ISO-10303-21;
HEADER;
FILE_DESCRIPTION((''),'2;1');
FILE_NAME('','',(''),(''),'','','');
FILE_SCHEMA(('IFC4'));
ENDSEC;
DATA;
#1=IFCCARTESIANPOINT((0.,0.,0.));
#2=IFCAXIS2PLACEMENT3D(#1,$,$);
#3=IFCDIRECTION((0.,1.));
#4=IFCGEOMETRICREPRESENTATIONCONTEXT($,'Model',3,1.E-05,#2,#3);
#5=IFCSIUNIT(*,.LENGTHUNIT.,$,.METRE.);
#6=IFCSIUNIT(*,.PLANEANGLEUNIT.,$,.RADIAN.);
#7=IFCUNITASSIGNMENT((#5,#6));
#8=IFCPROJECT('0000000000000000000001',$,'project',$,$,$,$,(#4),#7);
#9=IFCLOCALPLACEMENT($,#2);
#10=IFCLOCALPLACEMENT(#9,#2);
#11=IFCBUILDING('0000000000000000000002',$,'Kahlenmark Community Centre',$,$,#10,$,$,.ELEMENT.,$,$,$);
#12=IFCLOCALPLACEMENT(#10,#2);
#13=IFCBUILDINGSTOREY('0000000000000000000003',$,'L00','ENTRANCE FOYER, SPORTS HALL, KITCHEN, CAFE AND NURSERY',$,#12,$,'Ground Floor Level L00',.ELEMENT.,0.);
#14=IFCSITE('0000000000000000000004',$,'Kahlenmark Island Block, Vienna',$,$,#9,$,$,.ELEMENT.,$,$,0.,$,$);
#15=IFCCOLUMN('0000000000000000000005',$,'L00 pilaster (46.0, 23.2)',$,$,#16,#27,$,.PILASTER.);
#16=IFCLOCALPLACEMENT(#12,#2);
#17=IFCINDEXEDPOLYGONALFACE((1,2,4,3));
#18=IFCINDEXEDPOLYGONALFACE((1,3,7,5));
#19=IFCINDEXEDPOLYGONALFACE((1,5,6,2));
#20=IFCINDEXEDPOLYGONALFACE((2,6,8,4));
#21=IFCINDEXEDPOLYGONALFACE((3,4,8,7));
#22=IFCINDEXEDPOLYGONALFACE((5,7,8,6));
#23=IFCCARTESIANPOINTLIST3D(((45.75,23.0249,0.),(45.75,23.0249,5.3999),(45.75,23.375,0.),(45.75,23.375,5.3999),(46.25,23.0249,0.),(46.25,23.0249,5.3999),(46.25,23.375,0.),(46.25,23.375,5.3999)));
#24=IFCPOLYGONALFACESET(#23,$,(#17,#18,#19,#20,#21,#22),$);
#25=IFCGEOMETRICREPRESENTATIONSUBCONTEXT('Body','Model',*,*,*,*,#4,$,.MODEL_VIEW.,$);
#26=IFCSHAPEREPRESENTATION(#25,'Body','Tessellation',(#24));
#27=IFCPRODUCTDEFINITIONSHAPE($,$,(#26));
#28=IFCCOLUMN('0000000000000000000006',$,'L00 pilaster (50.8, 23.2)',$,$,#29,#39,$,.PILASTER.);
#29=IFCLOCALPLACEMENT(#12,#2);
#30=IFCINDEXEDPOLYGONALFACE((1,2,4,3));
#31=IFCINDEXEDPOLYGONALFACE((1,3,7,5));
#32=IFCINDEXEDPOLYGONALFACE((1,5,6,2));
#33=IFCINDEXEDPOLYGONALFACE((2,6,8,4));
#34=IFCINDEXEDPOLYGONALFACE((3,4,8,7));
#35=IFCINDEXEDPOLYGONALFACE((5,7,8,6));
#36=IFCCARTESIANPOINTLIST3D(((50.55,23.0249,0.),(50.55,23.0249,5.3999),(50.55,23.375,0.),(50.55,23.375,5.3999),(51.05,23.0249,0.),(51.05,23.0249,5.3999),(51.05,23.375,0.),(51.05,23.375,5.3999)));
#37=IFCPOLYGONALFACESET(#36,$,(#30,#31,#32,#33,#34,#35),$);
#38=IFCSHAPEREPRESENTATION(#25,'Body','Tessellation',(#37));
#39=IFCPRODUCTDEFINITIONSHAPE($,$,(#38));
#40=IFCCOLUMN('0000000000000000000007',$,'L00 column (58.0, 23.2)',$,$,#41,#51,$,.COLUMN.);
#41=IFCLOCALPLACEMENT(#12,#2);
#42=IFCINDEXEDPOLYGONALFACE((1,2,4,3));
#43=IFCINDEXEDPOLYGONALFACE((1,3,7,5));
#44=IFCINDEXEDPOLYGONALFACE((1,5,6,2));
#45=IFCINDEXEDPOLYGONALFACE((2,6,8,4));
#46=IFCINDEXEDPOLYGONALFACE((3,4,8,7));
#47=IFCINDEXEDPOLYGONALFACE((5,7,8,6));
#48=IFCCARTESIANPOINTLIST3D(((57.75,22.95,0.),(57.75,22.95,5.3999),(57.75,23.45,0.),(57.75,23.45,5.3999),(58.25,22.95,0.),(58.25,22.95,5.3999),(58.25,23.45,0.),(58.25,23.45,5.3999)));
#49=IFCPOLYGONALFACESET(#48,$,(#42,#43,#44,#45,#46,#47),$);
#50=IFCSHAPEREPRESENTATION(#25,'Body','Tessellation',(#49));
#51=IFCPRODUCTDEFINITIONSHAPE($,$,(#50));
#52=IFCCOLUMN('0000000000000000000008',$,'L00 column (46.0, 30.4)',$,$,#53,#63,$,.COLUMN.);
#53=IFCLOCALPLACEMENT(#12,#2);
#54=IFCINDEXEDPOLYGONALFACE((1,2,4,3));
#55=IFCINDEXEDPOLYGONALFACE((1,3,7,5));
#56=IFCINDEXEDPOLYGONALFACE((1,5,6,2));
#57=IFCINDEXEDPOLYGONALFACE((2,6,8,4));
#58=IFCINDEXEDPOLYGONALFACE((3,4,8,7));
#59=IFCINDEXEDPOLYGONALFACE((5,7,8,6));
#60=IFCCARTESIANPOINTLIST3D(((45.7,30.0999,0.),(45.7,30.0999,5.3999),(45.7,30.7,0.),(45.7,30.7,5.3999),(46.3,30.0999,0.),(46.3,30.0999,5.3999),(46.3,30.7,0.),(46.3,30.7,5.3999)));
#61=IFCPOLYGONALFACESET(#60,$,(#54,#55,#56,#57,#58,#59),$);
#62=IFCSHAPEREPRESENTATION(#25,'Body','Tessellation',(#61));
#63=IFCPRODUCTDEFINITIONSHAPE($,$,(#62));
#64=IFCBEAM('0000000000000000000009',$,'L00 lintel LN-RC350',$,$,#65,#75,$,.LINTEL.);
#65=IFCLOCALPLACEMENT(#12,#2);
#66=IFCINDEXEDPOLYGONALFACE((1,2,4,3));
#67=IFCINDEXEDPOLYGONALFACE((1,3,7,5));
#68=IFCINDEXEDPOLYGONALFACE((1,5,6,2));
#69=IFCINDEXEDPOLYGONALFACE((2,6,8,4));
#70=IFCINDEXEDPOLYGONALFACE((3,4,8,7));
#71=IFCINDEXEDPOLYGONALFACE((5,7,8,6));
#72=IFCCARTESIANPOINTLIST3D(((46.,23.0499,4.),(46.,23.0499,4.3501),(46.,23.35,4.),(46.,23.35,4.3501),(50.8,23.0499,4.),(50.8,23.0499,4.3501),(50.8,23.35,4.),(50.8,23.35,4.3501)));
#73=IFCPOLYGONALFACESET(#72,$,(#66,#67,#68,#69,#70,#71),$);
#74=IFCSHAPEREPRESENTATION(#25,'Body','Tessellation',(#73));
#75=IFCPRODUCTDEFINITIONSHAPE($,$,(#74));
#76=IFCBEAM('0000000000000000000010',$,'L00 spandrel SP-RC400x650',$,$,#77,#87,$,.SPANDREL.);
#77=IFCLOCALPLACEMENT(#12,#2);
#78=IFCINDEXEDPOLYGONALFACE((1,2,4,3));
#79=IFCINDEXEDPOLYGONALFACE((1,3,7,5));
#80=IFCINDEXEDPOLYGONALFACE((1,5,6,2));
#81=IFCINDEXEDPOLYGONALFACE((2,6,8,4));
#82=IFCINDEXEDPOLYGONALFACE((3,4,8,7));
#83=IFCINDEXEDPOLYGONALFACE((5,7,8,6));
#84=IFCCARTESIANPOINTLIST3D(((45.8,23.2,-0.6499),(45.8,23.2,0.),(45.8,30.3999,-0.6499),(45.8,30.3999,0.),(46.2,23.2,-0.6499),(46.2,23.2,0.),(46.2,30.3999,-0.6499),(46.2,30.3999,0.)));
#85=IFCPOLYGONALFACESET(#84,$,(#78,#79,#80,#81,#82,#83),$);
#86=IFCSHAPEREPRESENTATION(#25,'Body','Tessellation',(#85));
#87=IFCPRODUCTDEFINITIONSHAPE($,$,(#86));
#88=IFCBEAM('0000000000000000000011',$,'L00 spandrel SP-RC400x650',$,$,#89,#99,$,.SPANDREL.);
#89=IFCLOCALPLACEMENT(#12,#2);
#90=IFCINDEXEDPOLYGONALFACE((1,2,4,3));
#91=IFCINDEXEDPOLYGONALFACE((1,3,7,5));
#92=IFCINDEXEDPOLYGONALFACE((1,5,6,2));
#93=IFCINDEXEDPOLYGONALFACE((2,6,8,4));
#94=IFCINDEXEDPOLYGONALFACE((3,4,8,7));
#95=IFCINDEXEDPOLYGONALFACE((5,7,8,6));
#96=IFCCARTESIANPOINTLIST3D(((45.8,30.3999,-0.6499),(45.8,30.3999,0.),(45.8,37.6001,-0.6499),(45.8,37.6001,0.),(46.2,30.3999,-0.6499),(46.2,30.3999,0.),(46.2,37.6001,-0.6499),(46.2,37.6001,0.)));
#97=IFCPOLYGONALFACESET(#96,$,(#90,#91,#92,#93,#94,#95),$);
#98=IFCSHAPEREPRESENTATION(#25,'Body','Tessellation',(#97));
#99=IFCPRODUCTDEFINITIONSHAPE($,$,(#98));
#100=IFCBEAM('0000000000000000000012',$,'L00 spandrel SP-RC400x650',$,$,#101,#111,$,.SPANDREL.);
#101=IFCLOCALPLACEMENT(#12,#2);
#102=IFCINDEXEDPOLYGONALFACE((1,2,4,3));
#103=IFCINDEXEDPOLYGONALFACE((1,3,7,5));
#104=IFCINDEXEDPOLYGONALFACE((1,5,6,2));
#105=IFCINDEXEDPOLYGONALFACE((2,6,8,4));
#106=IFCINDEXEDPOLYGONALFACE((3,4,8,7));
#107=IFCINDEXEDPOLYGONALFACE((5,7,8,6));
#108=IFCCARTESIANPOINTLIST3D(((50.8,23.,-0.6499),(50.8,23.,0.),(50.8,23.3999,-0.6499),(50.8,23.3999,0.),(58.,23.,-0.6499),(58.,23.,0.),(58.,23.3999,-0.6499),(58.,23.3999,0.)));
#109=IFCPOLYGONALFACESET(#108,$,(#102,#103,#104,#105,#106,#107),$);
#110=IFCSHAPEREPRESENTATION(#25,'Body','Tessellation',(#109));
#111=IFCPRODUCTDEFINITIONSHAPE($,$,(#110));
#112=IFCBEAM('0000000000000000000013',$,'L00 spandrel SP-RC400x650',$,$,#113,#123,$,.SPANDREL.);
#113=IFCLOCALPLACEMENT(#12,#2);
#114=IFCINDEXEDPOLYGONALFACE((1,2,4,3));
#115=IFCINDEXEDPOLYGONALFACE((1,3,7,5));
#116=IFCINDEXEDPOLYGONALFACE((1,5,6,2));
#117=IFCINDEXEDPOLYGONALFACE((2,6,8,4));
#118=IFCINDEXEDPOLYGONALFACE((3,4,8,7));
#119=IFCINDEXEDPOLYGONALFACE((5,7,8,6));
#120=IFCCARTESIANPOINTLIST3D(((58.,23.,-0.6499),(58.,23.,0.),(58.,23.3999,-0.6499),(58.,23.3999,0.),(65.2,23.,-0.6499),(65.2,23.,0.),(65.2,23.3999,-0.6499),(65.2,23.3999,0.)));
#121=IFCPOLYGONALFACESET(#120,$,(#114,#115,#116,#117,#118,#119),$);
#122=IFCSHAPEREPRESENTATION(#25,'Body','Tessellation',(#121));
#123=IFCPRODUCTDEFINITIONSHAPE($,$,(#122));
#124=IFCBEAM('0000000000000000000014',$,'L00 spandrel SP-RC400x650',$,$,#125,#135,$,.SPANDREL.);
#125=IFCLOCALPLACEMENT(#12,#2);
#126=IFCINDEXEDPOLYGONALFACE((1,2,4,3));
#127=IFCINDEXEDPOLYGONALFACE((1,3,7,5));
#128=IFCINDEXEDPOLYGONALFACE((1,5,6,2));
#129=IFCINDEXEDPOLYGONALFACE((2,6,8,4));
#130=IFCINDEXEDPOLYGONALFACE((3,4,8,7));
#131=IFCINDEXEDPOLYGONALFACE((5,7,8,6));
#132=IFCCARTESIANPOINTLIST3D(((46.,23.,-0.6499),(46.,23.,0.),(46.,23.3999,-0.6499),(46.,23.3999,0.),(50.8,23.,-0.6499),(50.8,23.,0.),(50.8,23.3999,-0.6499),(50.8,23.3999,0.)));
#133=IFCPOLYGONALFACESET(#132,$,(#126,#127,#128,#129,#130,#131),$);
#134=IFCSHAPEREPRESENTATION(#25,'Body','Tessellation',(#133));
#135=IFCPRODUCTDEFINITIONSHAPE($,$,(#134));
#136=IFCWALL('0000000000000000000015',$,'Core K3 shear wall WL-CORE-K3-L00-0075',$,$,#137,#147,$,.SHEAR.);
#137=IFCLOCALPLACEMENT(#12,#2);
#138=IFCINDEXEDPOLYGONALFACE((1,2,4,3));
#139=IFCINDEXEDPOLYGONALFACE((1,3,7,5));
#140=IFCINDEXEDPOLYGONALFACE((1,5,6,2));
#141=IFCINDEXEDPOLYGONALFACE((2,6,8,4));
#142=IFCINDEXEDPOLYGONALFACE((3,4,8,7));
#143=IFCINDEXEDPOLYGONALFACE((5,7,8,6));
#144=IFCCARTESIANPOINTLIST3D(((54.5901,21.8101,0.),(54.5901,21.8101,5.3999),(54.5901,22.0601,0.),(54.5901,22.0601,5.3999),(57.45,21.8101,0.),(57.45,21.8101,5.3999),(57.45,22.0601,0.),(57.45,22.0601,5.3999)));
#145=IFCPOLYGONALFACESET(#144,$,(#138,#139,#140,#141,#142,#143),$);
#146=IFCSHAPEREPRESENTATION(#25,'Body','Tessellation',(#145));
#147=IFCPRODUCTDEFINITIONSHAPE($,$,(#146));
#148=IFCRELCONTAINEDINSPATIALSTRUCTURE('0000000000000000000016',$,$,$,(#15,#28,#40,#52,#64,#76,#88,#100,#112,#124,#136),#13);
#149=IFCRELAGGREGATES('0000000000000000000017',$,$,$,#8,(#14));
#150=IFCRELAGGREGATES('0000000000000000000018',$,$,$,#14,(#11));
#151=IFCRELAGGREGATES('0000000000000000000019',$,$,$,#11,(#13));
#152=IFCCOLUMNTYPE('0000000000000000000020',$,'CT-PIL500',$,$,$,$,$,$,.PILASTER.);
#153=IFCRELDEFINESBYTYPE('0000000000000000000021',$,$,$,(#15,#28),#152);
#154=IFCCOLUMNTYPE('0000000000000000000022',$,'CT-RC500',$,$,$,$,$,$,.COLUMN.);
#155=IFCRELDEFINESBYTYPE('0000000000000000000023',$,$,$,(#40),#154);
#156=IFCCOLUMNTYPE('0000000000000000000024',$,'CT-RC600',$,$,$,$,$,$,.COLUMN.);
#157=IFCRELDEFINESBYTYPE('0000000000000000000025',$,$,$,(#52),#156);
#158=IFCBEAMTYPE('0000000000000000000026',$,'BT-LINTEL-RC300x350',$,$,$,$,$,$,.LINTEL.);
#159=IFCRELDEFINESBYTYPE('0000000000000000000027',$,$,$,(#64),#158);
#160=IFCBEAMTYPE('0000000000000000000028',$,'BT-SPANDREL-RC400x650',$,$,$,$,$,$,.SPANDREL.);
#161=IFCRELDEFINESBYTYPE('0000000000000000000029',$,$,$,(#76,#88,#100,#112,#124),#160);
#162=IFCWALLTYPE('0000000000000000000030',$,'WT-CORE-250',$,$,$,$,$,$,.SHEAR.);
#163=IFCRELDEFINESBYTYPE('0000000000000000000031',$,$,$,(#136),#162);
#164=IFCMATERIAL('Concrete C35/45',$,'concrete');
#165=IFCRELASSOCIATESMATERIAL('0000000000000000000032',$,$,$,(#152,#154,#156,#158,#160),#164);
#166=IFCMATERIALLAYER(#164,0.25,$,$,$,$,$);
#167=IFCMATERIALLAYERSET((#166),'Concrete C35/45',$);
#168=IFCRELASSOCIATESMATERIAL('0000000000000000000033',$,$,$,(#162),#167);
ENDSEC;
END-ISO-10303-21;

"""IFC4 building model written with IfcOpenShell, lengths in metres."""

from ifc_helpers import new_model, si_unit, direction, frame, frame_2d, origin, origin_2d, place, context, subcontext, project, spatial, rectangle, extrude, material, layer, layer_set, material_profile, profile_set, type_object, element, save


model = new_model("IFC4")

# Units and contexts
model_context = context("Model", 3, precision=1e-05, world=origin(), true_north=direction((0.0, 1.0)))
body_context = subcontext(model_context, "Body", "Model", "MODEL_VIEW")
ifc_project = project(units=[si_unit("LENGTHUNIT", "METRE"), si_unit("PLANEANGLEUNIT", "RADIAN")], contexts=[model_context])

# Site, building, storey
site_placement = place(None, origin())
site = spatial("IfcSite", under=ifc_project, at=site_placement, Name="Kahlenmark Island Block, Vienna", CompositionType="ELEMENT", RefElevation=0.0)
building_placement = place(site_placement, origin())
building = spatial("IfcBuilding", under=site, at=building_placement, Name="Kahlenmark Community Centre", CompositionType="ELEMENT")
storey_placement = place(building_placement, origin())
storey = spatial("IfcBuildingStorey", under=building, at=storey_placement, Name="L00", Description="ENTRANCE FOYER, SPORTS HALL, KITCHEN, CAFE AND NURSERY", LongName="Ground Floor Level L00", CompositionType="ELEMENT", Elevation=0.0)

# Columns
ifc_material_1 = material(Name="Concrete C35/45", Category="concrete")
ifc_material_profile_1 = material_profile(ifc_material_1, rectangle(XDim=0.5, YDim=0.3501, at=origin_2d()), Name="RC 500x350")
ifc_profile_set_1 = profile_set([ifc_material_profile_1], Name="Concrete C35/45")
column_type_1 = type_object("IfcColumnType", Name="CT-PIL500", PredefinedType="PILASTER", material=ifc_profile_set_1)
for number, where, z_axis, x_axis, name in (
    (1, (46.0, 23.2, 0.0), (0.0, 0.0, 1.0), (1.0, 0.0, 0.0), "L00 pilaster (46.0, 23.2)"),
    (2, (50.8, 23.2, 0.0), (0.0, 0.0, 1.0), (1.0, 0.0, 0.0), "L00 pilaster (50.8, 23.2)"),
):
    element("IfcColumn", number, at=place(storey_placement, frame(where, z_axis=z_axis, x_axis=x_axis)), inside=storey, type_object=column_type_1, Name=name, PredefinedType="PILASTER", context=body_context, shape_type="SweptSolid", body=[
        extrude(rectangle(XDim=0.5, YDim=0.3501, at=origin_2d()), origin(), (0.0, 0.0, 1.0), 5.3999),
    ])
ifc_material_profile_2 = material_profile(ifc_material_1, rectangle(XDim=0.5, YDim=0.5, at=origin_2d()), Name="RC 500x500")
ifc_profile_set_2 = profile_set([ifc_material_profile_2], Name="Concrete C35/45")
column_type_2 = type_object("IfcColumnType", Name="CT-RC500", PredefinedType="COLUMN", material=ifc_profile_set_2)
column_1_placement = place(storey_placement, frame((58.0, 23.2, 0.0), z_axis=(0.0, 0.0, 1.0), x_axis=(1.0, 0.0, 0.0)))
element("IfcColumn", 3, at=column_1_placement, inside=storey, type_object=column_type_2, Name="L00 column (58.0, 23.2)", PredefinedType="COLUMN", context=body_context, shape_type="SweptSolid", body=[
    extrude(rectangle(XDim=0.5, YDim=0.5, at=origin_2d()), origin(), (0.0, 0.0, 1.0), 5.3999),
])
ifc_material_profile_3 = material_profile(ifc_material_1, rectangle(XDim=0.6001, YDim=0.6001, at=origin_2d()), Name="RC 600x600")
ifc_profile_set_3 = profile_set([ifc_material_profile_3], Name="Concrete C35/45")
column_type_3 = type_object("IfcColumnType", Name="CT-RC600", PredefinedType="COLUMN", material=ifc_profile_set_3)
column_2_placement = place(storey_placement, frame((46.0, 30.3999, 0.0), z_axis=(0.0, 0.0, 1.0), x_axis=(1.0, 0.0, 0.0)))
element("IfcColumn", 4, at=column_2_placement, inside=storey, type_object=column_type_3, Name="L00 column (46.0, 30.4)", PredefinedType="COLUMN", context=body_context, shape_type="SweptSolid", body=[
    extrude(rectangle(XDim=0.6001, YDim=0.6001, at=origin_2d()), origin(), (0.0, 0.0, 1.0), 5.3999),
])

# Beams
ifc_material_profile_4 = material_profile(ifc_material_1, rectangle(XDim=0.3, YDim=0.3501, at=origin_2d()), Name="RC 300x350")
ifc_profile_set_4 = profile_set([ifc_material_profile_4], Name="Concrete C35/45")
beam_type_1 = type_object("IfcBeamType", Name="BT-LINTEL-RC300x350", PredefinedType="LINTEL", material=ifc_profile_set_4)
beam_1_placement = place(storey_placement, frame((46.0, 23.2, 4.175), z_axis=(1.0, 0.0, 0.0), x_axis=(0.0, 1.0, 0.0)))
element("IfcBeam", 5, at=beam_1_placement, inside=storey, type_object=beam_type_1, Name="L00 lintel LN-RC350", PredefinedType="LINTEL", context=body_context, shape_type="SweptSolid", body=[
    extrude(rectangle(XDim=0.3, YDim=0.3501, at=origin_2d()), origin(), (0.0, 0.0, 1.0), 4.8),
])
ifc_material_profile_5 = material_profile(ifc_material_1, rectangle(XDim=0.3999, YDim=0.6499, at=origin_2d()), Name="RC 400x650")
ifc_profile_set_5 = profile_set([ifc_material_profile_5], Name="Concrete C35/45")
beam_type_2 = type_object("IfcBeamType", Name="BT-SPANDREL-RC400x650", PredefinedType="SPANDREL", material=ifc_profile_set_5)
beam_2_placement = place(storey_placement, frame((46.0, 23.2, -0.325), z_axis=(0.0, 1.0, 0.0), x_axis=(-1.0, 0.0, 0.0)))
element("IfcBeam", 6, at=beam_2_placement, inside=storey, type_object=beam_type_2, Name="L00 spandrel SP-RC400x650", PredefinedType="SPANDREL", context=body_context, shape_type="SweptSolid", body=[
    extrude(rectangle(XDim=0.3999, YDim=0.6499, at=origin_2d()), origin(), (0.0, 0.0, 1.0), 7.2),
])
beam_3_placement = place(storey_placement, frame((46.0, 30.3999, -0.325), z_axis=(0.0, 1.0, 0.0), x_axis=(-1.0, 0.0, 0.0)))
element("IfcBeam", 7, at=beam_3_placement, inside=storey, type_object=beam_type_2, Name="L00 spandrel SP-RC400x650", PredefinedType="SPANDREL", context=body_context, shape_type="SweptSolid", body=[
    extrude(rectangle(XDim=0.3999, YDim=0.6499, at=origin_2d()), origin(), (0.0, 0.0, 1.0), 7.2002),
])
for number, where, z_axis, x_axis, name in (
    (8, (50.8, 23.2, -0.325), (1.0, 0.0, 0.0), (0.0, 1.0, 0.0), "L00 spandrel SP-RC400x650"),
    (9, (58.0, 23.2, -0.325), (1.0, 0.0, 0.0), (0.0, 1.0, 0.0), "L00 spandrel SP-RC400x650"),
):
    element("IfcBeam", number, at=place(storey_placement, frame(where, z_axis=z_axis, x_axis=x_axis)), inside=storey, type_object=beam_type_2, Name=name, PredefinedType="SPANDREL", context=body_context, shape_type="SweptSolid", body=[
        extrude(rectangle(XDim=0.3999, YDim=0.6499, at=origin_2d()), origin(), (0.0, 0.0, 1.0), 7.2),
    ])
beam_4_placement = place(storey_placement, frame((46.0, 23.2, -0.325), z_axis=(1.0, 0.0, 0.0), x_axis=(0.0, 1.0, 0.0)))
element("IfcBeam", 10, at=beam_4_placement, inside=storey, type_object=beam_type_2, Name="L00 spandrel SP-RC400x650", PredefinedType="SPANDREL", context=body_context, shape_type="SweptSolid", body=[
    extrude(rectangle(XDim=0.3999, YDim=0.6499, at=origin_2d()), origin(), (0.0, 0.0, 1.0), 4.8),
])

# Wall
ifc_layer_1 = layer(ifc_material_1, 0.25)
ifc_layer_set_1 = layer_set([ifc_layer_1], Name="Concrete C35/45")
wall_type_1 = type_object("IfcWallType", Name="WT-CORE-250", PredefinedType="SHEAR", material=ifc_layer_set_1)
wall_1_placement = place(storey_placement, frame((54.5901, 21.9351, 0.0), z_axis=(0.0, 0.0, 1.0), x_axis=(1.0, 0.0, 0.0)))
element("IfcWall", 11, at=wall_1_placement, inside=storey, type_object=wall_type_1, Name="Core K3 shear wall WL-CORE-K3-L00-0075", PredefinedType="SHEAR", context=body_context, shape_type="SweptSolid", body=[
    extrude(rectangle(XDim=2.8599, YDim=0.25, at=frame_2d((1.4299, 0.0))), origin(), (0.0, 0.0, 1.0), 5.3999),
])

save(model, "model.ifc")
